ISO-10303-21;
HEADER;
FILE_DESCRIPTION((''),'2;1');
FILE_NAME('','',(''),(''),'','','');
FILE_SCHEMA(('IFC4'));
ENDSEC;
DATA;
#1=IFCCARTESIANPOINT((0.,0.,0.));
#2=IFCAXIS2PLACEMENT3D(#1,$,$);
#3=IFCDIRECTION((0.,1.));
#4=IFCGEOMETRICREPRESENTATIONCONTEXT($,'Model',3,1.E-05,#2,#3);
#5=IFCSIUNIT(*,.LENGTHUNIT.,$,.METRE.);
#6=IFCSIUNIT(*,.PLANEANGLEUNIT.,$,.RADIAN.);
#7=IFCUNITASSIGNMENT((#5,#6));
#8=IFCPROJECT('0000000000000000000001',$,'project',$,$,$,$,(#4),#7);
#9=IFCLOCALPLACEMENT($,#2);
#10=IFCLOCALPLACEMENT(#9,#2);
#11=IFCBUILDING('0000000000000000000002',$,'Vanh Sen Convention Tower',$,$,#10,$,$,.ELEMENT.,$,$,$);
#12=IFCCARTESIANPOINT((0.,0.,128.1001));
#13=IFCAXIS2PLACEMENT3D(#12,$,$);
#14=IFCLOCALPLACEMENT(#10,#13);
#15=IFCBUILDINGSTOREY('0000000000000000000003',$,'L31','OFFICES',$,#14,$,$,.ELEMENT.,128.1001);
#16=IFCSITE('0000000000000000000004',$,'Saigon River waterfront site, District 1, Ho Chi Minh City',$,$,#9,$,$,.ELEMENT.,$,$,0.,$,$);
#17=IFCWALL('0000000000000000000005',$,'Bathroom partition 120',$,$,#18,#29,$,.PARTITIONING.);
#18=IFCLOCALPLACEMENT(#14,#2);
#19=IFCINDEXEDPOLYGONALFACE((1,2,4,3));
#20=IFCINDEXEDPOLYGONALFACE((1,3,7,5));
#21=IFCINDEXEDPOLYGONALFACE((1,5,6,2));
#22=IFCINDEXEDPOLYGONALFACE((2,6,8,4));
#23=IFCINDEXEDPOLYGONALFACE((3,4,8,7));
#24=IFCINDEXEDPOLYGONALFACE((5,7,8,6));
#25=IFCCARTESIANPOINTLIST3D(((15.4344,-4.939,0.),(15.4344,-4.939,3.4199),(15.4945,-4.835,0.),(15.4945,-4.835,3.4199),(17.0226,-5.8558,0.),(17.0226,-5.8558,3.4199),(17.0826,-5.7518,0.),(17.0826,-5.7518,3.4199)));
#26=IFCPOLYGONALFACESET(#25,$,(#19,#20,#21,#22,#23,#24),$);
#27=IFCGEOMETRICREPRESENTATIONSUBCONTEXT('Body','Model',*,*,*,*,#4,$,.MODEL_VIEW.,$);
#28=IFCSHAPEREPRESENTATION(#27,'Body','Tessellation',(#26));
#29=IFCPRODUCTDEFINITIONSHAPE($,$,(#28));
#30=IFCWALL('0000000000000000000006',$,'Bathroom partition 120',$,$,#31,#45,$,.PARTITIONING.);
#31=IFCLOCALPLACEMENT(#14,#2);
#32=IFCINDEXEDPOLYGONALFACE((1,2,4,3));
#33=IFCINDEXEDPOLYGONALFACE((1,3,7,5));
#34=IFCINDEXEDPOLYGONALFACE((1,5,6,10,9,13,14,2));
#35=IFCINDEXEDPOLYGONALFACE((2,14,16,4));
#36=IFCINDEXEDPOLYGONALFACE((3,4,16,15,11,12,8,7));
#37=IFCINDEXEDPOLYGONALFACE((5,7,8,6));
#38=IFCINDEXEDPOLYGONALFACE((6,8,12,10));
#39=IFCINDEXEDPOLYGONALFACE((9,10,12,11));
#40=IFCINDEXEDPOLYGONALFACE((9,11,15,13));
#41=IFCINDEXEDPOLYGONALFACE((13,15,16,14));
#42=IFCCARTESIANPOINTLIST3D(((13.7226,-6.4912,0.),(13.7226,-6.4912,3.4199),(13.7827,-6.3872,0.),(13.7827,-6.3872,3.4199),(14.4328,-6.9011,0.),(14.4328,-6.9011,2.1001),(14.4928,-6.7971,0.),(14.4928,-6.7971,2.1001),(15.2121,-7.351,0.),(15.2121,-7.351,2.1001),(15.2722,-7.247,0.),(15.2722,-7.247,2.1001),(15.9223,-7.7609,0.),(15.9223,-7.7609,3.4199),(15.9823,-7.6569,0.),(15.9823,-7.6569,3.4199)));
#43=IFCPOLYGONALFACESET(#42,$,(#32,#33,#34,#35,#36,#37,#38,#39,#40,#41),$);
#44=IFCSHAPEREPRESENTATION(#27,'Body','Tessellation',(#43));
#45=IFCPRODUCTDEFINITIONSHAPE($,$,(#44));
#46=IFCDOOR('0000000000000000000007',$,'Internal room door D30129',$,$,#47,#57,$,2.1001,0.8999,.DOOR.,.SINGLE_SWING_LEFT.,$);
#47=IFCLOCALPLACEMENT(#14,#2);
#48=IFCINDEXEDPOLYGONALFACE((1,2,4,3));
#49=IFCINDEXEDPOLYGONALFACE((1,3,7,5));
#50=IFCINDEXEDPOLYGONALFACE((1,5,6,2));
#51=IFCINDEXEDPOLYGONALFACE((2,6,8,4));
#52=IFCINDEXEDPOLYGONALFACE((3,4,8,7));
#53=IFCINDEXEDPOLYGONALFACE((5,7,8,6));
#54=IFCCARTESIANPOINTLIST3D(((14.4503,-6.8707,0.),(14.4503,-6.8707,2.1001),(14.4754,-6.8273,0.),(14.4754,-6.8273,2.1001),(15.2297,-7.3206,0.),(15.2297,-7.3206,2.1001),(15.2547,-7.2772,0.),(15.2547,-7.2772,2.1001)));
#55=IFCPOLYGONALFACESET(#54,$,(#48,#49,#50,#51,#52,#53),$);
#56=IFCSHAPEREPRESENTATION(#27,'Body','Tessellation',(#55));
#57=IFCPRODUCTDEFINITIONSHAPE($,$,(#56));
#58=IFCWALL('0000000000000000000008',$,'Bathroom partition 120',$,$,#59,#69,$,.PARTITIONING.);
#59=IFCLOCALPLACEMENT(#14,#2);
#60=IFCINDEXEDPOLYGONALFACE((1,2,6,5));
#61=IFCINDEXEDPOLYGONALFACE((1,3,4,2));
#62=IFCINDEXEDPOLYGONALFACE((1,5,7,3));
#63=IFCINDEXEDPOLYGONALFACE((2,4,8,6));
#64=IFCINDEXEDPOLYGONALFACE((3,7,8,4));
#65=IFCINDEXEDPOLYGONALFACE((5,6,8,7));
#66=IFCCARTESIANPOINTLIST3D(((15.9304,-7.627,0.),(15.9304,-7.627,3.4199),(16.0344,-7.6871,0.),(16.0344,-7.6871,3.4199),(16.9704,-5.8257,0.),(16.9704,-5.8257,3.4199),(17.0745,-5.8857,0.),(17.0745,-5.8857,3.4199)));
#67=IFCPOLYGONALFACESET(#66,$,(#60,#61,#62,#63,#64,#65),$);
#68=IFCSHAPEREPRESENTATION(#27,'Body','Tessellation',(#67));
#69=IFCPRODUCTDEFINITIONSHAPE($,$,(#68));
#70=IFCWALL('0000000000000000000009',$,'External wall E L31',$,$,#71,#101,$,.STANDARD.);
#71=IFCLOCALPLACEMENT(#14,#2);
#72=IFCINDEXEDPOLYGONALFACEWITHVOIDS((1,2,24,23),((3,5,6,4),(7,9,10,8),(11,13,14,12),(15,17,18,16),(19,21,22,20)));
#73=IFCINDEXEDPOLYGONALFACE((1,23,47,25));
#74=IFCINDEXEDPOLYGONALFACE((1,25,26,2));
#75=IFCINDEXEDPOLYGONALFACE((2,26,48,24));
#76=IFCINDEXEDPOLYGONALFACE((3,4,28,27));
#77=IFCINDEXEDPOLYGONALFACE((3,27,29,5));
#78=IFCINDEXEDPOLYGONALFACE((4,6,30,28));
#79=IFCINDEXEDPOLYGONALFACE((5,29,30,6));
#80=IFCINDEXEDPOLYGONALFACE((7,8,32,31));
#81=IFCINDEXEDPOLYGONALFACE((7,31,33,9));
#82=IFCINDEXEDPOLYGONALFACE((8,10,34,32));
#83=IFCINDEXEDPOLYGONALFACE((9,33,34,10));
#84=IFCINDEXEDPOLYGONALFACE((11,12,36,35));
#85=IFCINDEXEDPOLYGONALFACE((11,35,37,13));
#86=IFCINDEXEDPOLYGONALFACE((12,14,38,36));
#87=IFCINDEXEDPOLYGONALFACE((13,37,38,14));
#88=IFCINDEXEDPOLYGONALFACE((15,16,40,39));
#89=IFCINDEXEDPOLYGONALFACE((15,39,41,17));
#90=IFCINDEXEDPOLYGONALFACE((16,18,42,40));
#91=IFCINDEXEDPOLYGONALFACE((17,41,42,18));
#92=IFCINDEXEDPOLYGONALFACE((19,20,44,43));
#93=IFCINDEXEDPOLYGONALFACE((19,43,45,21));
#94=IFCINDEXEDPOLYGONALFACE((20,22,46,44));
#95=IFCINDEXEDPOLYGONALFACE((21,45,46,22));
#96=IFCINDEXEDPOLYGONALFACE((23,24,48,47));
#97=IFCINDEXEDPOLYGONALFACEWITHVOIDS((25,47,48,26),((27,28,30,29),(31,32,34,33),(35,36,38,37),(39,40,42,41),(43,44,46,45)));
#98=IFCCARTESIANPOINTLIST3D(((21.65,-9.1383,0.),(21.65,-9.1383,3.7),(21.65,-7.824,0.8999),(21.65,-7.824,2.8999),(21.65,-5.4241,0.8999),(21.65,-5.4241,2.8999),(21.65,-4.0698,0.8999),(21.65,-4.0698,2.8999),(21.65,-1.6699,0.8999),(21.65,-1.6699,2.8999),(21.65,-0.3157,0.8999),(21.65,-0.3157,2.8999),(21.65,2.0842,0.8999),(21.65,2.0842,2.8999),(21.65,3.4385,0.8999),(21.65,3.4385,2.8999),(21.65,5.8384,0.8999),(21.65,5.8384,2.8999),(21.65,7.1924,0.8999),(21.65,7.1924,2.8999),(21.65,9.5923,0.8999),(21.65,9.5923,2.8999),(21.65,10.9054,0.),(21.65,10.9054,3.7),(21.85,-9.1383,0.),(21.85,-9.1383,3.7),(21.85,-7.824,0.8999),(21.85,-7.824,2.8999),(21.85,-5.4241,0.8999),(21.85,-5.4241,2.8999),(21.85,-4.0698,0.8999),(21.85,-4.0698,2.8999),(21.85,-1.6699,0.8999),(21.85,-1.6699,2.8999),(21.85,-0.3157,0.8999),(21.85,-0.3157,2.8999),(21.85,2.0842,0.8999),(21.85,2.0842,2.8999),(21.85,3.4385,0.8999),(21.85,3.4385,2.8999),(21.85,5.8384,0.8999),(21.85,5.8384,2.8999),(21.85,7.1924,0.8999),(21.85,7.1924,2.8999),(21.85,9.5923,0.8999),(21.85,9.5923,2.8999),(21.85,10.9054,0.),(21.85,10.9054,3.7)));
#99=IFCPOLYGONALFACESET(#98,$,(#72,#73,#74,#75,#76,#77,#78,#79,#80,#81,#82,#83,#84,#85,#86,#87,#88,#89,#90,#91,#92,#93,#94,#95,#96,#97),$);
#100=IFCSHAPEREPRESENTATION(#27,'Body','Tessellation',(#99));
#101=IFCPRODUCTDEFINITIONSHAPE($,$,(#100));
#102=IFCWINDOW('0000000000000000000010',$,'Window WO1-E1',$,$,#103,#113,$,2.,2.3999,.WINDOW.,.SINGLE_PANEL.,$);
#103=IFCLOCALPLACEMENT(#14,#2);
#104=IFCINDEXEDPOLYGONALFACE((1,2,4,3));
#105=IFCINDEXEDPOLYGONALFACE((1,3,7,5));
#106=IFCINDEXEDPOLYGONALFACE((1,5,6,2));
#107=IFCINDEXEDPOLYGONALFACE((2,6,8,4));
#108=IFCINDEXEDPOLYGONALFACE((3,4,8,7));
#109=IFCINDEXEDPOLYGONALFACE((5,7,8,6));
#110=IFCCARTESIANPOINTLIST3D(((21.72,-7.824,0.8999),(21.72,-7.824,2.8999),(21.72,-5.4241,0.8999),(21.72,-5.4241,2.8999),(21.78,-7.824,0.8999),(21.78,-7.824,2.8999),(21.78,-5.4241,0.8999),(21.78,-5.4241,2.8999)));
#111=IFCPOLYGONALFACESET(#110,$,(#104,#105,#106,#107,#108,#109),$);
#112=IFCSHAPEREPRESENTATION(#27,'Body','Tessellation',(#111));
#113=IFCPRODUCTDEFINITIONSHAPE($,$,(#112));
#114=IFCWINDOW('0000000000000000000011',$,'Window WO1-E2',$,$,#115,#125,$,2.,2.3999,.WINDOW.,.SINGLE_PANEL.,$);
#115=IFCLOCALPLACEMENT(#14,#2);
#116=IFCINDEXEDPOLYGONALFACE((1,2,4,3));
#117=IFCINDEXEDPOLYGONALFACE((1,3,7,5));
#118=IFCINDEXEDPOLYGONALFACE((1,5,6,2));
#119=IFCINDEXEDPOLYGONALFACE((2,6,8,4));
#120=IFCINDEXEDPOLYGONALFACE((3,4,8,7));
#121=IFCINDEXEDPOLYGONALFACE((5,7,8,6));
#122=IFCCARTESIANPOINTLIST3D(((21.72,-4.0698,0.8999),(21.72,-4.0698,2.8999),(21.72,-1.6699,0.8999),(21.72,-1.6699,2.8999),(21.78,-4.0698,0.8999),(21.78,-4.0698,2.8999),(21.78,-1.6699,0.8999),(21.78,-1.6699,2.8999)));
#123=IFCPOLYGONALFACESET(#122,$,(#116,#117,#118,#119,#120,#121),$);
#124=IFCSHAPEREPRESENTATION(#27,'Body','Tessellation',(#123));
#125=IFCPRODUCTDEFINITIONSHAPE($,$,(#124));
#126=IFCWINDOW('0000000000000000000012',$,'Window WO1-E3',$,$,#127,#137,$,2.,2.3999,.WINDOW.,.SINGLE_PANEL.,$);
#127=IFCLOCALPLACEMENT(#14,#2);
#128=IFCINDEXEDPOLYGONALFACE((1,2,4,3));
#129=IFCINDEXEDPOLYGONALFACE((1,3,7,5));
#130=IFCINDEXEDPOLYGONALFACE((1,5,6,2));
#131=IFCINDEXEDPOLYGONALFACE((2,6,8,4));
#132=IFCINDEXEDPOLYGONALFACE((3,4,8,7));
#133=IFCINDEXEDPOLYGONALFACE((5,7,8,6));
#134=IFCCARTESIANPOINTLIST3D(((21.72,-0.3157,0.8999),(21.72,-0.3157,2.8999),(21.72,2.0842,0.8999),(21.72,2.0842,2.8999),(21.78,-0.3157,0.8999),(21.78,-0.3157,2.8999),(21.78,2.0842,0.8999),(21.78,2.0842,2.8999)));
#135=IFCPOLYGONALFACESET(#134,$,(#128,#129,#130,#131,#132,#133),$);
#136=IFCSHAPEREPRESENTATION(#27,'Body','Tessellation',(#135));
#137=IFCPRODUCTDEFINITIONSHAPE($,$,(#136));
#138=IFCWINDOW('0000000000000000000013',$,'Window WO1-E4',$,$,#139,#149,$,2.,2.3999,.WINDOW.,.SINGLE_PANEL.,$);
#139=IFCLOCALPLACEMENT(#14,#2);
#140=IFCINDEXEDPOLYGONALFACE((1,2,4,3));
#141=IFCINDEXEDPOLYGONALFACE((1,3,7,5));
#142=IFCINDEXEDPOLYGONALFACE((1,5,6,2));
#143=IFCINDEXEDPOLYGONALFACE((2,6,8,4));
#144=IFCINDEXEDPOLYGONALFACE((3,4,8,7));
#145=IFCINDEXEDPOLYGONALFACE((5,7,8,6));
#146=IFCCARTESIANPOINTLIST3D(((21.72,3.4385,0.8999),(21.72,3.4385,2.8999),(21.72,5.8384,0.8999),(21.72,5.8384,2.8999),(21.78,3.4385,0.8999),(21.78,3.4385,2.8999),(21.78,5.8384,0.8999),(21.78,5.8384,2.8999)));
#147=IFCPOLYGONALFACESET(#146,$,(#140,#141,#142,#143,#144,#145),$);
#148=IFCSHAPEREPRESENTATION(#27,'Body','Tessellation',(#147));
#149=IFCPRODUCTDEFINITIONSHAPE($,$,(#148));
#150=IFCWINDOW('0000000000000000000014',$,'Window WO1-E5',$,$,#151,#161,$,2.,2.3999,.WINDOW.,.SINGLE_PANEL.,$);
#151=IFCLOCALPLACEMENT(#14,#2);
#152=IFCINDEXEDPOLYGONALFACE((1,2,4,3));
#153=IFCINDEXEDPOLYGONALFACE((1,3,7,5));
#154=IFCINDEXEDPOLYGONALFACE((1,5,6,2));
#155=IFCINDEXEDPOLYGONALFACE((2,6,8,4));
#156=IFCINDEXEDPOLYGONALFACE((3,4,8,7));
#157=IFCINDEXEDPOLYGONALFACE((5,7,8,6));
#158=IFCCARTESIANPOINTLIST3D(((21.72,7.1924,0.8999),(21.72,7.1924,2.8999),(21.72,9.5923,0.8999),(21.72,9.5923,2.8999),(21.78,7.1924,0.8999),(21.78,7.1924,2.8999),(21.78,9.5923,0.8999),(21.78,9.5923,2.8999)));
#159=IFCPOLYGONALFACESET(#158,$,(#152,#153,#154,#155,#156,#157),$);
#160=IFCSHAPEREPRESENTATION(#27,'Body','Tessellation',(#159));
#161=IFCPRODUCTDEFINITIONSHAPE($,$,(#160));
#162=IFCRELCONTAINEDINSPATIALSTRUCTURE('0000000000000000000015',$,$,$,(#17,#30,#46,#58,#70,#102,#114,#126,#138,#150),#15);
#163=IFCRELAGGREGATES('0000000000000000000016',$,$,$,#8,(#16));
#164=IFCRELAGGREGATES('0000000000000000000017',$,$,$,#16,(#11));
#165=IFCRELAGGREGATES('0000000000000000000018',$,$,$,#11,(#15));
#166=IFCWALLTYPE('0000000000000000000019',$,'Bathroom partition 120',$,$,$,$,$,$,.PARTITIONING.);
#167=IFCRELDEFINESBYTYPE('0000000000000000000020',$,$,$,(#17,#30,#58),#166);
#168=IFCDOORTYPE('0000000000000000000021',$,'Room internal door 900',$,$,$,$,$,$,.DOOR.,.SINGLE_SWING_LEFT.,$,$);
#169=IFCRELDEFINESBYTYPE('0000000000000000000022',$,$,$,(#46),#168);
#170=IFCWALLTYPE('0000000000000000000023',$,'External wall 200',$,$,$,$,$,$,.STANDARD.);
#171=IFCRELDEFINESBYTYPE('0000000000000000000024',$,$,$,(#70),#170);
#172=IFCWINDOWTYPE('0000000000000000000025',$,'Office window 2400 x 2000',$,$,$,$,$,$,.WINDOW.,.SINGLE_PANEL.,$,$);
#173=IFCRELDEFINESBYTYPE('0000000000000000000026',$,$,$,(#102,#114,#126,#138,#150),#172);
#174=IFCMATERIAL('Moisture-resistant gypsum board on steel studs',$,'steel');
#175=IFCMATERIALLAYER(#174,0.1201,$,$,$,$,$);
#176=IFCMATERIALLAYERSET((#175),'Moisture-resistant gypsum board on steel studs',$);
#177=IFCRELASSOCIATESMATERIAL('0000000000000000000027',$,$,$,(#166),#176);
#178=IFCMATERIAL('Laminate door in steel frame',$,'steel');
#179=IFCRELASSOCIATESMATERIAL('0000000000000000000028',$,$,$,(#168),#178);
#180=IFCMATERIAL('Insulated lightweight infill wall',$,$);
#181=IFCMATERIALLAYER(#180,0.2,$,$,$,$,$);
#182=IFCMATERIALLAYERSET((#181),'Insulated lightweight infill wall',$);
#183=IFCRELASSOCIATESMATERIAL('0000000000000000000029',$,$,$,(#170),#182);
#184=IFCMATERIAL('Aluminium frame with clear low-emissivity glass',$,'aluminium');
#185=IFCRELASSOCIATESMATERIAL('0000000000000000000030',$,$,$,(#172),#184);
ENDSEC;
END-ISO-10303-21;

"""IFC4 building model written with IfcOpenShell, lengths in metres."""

from ifc_helpers import new_model, si_unit, direction, frame, frame_2d, origin, place, context, subcontext, project, spatial, rectangle, extrude, material, layer, layer_set, type_object, element, fill, save


model = new_model("IFC4")

# Units and contexts
model_context = context("Model", 3, precision=1e-05, world=origin(), true_north=direction((0.0, 1.0)))
body_context = subcontext(model_context, "Body", "Model", "MODEL_VIEW")
ifc_project = project(units=[si_unit("LENGTHUNIT", "METRE"), si_unit("PLANEANGLEUNIT", "RADIAN")], contexts=[model_context])

# Site, building, storey
site_placement = place(None, origin())
site = spatial("IfcSite", under=ifc_project, at=site_placement, Name="Saigon River waterfront site, District 1, Ho Chi Minh City", CompositionType="ELEMENT", RefElevation=0.0)
building_placement = place(site_placement, origin())
building = spatial("IfcBuilding", under=site, at=building_placement, Name="Vanh Sen Convention Tower", CompositionType="ELEMENT")
storey_placement = place(building_placement, frame((0.0, 0.0, 128.1001)))
storey = spatial("IfcBuildingStorey", under=building, at=storey_placement, Name="L31", Description="OFFICES", CompositionType="ELEMENT", Elevation=128.1001)

# Wall
ifc_material_1 = material(Name="Moisture-resistant gypsum board on steel studs", Category="steel")
ifc_layer_1 = layer(ifc_material_1, 0.1201)
ifc_layer_set_1 = layer_set([ifc_layer_1], Name="Moisture-resistant gypsum board on steel studs")
wall_type_1 = type_object("IfcWallType", Name="Bathroom partition 120", PredefinedType="PARTITIONING", material=ifc_layer_set_1)
wall_1_placement = place(storey_placement, frame((15.4644, -4.887, 0.0), z_axis=(0.0, 0.0, 1.0), x_axis=(0.866064, -0.499934, 0.0)))
element("IfcWall", 1, at=wall_1_placement, inside=storey, type_object=wall_type_1, Name="Bathroom partition 120", PredefinedType="PARTITIONING", context=body_context, shape_type="SweptSolid", body=[
    extrude(rectangle(XDim=1.8337, YDim=0.1201, at=frame_2d((0.917, 0.0))), origin(), (0.0, 0.0, 1.0), 3.4199),
])

# Wall, opening, door
wall_2_placement = place(storey_placement, frame((15.9524, -7.709, 0.0), z_axis=(0.0, 0.0, 1.0), x_axis=(-0.866064, 0.499933, 0.0)))
wall_2 = element("IfcWall", 2, at=wall_2_placement, inside=storey, type_object=wall_type_1, Name="Bathroom partition 120", PredefinedType="PARTITIONING", context=body_context, shape_type="SweptSolid", body=[
    extrude(rectangle(XDim=2.5398, YDim=0.1201, at=frame_2d((1.27, 0.0))), origin(), (0.0, 0.0, 1.0), 3.4199),
])
opening_1_placement = place(wall_2_placement, frame((0.8201, 0.0, 0.0)))
opening_1 = element("IfcOpeningElement", 3, at=opening_1_placement, cuts=wall_2, PredefinedType="OPENING", context=body_context, shape_type="SweptSolid", body=[
    extrude(rectangle(XDim=0.8999, YDim=2.1001, at=frame_2d((0.45, 1.05))), frame((0.0, 0.0701, 0.0), z_axis=(0.0, -1.0, 0.0), x_axis=(1.0, 0.0, 0.0)), (0.0, 0.0, 1.0), 0.1401),
])
ifc_material_2 = material(Name="Laminate door in steel frame", Category="steel")
door_type = type_object("IfcDoorType", Name="Room internal door 900", OperationType="SINGLE_SWING_LEFT", PredefinedType="DOOR", material=ifc_material_2)
door_placement = place(opening_1_placement, origin())
door = element("IfcDoor", 4, at=door_placement, inside=storey, type_object=door_type, Name="Internal room door D30129", OperationType="SINGLE_SWING_LEFT", OverallHeight=2.1001, OverallWidth=0.8999, PredefinedType="DOOR", context=body_context, shape_type="SweptSolid", body=[
    extrude(rectangle(XDim=0.8999, YDim=2.1001, at=frame_2d((0.45, 1.05))), frame((0.0, 0.0249, 0.0), z_axis=(0.0, -1.0, 0.0), x_axis=(1.0, 0.0, 0.0)), (0.0, 0.0, 1.0), 0.05),
])
fill(opening_1, door)

# Wall
wall_3_placement = place(storey_placement, frame((17.0225, -5.8557, 0.0), z_axis=(0.0, 0.0, 1.0), x_axis=(-0.500027, -0.86601, 0.0)))
element("IfcWall", 5, at=wall_3_placement, inside=storey, type_object=wall_type_1, Name="Bathroom partition 120", PredefinedType="PARTITIONING", context=body_context, shape_type="SweptSolid", body=[
    extrude(rectangle(XDim=2.0801, YDim=0.1201, at=frame_2d((1.04, 0.0))), origin(), (0.0, 0.0, 1.0), 3.4199),
])

# Wall, openings, windows
ifc_material_3 = material(Name="Insulated lightweight infill wall")
ifc_layer_2 = layer(ifc_material_3, 0.2)
ifc_layer_set_2 = layer_set([ifc_layer_2], Name="Insulated lightweight infill wall")
wall_type_2 = type_object("IfcWallType", Name="External wall 200", PredefinedType="STANDARD", material=ifc_layer_set_2)
wall_4_placement = place(storey_placement, frame((21.75, -9.1384, 0.0), z_axis=(0.0, 0.0, 1.0), x_axis=(0.0, 1.0, 0.0)))
wall_4 = element("IfcWall", 6, at=wall_4_placement, inside=storey, type_object=wall_type_2, Name="External wall E L31", PredefinedType="STANDARD", context=body_context, shape_type="SweptSolid", body=[
    extrude(rectangle(XDim=20.0437, YDim=0.2, at=frame_2d((10.022, 0.0))), origin(), (0.0, 0.0, 1.0), 3.7),
])
opening_2_placement = place(wall_4_placement, frame((1.3145, 0.0, 0.8999)))
opening_2 = element("IfcOpeningElement", 7, at=opening_2_placement, cuts=wall_4, PredefinedType="OPENING", context=body_context, shape_type="SweptSolid", body=[
    extrude(rectangle(XDim=2.3999, YDim=2.0, at=frame_2d((1.2, 1.0))), frame((0.0, 0.1099, 0.0), z_axis=(0.0, -1.0, 0.0), x_axis=(1.0, 0.0, 0.0)), (0.0, 0.0, 1.0), 0.22),
])
opening_3_placement = place(wall_4_placement, frame((5.0686, 0.0, 0.8999)))
opening_3 = element("IfcOpeningElement", 8, at=opening_3_placement, cuts=wall_4, PredefinedType="OPENING", context=body_context, shape_type="SweptSolid", body=[
    extrude(rectangle(XDim=2.3999, YDim=2.0, at=frame_2d((1.2, 1.0))), frame((0.0, 0.1099, 0.0), z_axis=(0.0, -1.0, 0.0), x_axis=(1.0, 0.0, 0.0)), (0.0, 0.0, 1.0), 0.22),
])
opening_4_placement = place(wall_4_placement, frame((8.8228, 0.0, 0.8999)))
opening_4 = element("IfcOpeningElement", 9, at=opening_4_placement, cuts=wall_4, PredefinedType="OPENING", context=body_context, shape_type="SweptSolid", body=[
    extrude(rectangle(XDim=2.3999, YDim=2.0, at=frame_2d((1.2, 1.0))), frame((0.0, 0.1099, 0.0), z_axis=(0.0, -1.0, 0.0), x_axis=(1.0, 0.0, 0.0)), (0.0, 0.0, 1.0), 0.22),
])
opening_5_placement = place(wall_4_placement, frame((12.5769, 0.0, 0.8999)))
opening_5 = element("IfcOpeningElement", 10, at=opening_5_placement, cuts=wall_4, PredefinedType="OPENING", context=body_context, shape_type="SweptSolid", body=[
    extrude(rectangle(XDim=2.3999, YDim=2.0, at=frame_2d((1.2, 1.0))), frame((0.0, 0.1099, 0.0), z_axis=(0.0, -1.0, 0.0), x_axis=(1.0, 0.0, 0.0)), (0.0, 0.0, 1.0), 0.22),
])
opening_6_placement = place(wall_4_placement, frame((16.3308, 0.0, 0.8999)))
opening_6 = element("IfcOpeningElement", 11, at=opening_6_placement, cuts=wall_4, PredefinedType="OPENING", context=body_context, shape_type="SweptSolid", body=[
    extrude(rectangle(XDim=2.3999, YDim=2.0, at=frame_2d((1.2, 1.0))), frame((0.0, 0.1099, 0.0), z_axis=(0.0, -1.0, 0.0), x_axis=(1.0, 0.0, 0.0)), (0.0, 0.0, 1.0), 0.22),
])
ifc_material_4 = material(Name="Aluminium frame with clear low-emissivity glass", Category="aluminium")
window_type = type_object("IfcWindowType", Name="Office window 2400 x 2000", PartitioningType="SINGLE_PANEL", PredefinedType="WINDOW", material=ifc_material_4)
window_1_placement = place(opening_2_placement, origin())
window_1 = element("IfcWindow", 12, at=window_1_placement, inside=storey, type_object=window_type, Name="Window WO1-E1", OverallHeight=2.0, OverallWidth=2.3999, PartitioningType="SINGLE_PANEL", PredefinedType="WINDOW", context=body_context, shape_type="SweptSolid", body=[
    extrude(rectangle(XDim=2.3999, YDim=2.0, at=frame_2d((1.2, 1.0))), frame((0.0, 0.03, 0.0), z_axis=(0.0, -1.0, 0.0), x_axis=(1.0, 0.0, 0.0)), (0.0, 0.0, 1.0), 0.0601),
])
fill(opening_2, window_1)
window_2_placement = place(opening_3_placement, origin())
window_2 = element("IfcWindow", 13, at=window_2_placement, inside=storey, type_object=window_type, Name="Window WO1-E2", OverallHeight=2.0, OverallWidth=2.3999, PartitioningType="SINGLE_PANEL", PredefinedType="WINDOW", context=body_context, shape_type="SweptSolid", body=[
    extrude(rectangle(XDim=2.3999, YDim=2.0, at=frame_2d((1.2, 1.0))), frame((0.0, 0.03, 0.0), z_axis=(0.0, -1.0, 0.0), x_axis=(1.0, 0.0, 0.0)), (0.0, 0.0, 1.0), 0.0601),
])
fill(opening_3, window_2)
window_3_placement = place(opening_4_placement, origin())
window_3 = element("IfcWindow", 14, at=window_3_placement, inside=storey, type_object=window_type, Name="Window WO1-E3", OverallHeight=2.0, OverallWidth=2.3999, PartitioningType="SINGLE_PANEL", PredefinedType="WINDOW", context=body_context, shape_type="SweptSolid", body=[
    extrude(rectangle(XDim=2.3999, YDim=2.0, at=frame_2d((1.2, 1.0))), frame((0.0, 0.03, 0.0), z_axis=(0.0, -1.0, 0.0), x_axis=(1.0, 0.0, 0.0)), (0.0, 0.0, 1.0), 0.0601),
])
fill(opening_4, window_3)
window_4_placement = place(opening_5_placement, origin())
window_4 = element("IfcWindow", 15, at=window_4_placement, inside=storey, type_object=window_type, Name="Window WO1-E4", OverallHeight=2.0, OverallWidth=2.3999, PartitioningType="SINGLE_PANEL", PredefinedType="WINDOW", context=body_context, shape_type="SweptSolid", body=[
    extrude(rectangle(XDim=2.3999, YDim=2.0, at=frame_2d((1.2, 1.0))), frame((0.0, 0.03, 0.0), z_axis=(0.0, -1.0, 0.0), x_axis=(1.0, 0.0, 0.0)), (0.0, 0.0, 1.0), 0.0601),
])
fill(opening_5, window_4)
window_5_placement = place(opening_6_placement, origin())
window_5 = element("IfcWindow", 16, at=window_5_placement, inside=storey, type_object=window_type, Name="Window WO1-E5", OverallHeight=2.0, OverallWidth=2.3999, PartitioningType="SINGLE_PANEL", PredefinedType="WINDOW", context=body_context, shape_type="SweptSolid", body=[
    extrude(rectangle(XDim=2.3999, YDim=2.0, at=frame_2d((1.2, 1.0))), frame((0.0, 0.03, 0.0), z_axis=(0.0, -1.0, 0.0), x_axis=(1.0, 0.0, 0.0)), (0.0, 0.0, 1.0), 0.0601),
])
fill(opening_6, window_5)

save(model, "model.ifc")
